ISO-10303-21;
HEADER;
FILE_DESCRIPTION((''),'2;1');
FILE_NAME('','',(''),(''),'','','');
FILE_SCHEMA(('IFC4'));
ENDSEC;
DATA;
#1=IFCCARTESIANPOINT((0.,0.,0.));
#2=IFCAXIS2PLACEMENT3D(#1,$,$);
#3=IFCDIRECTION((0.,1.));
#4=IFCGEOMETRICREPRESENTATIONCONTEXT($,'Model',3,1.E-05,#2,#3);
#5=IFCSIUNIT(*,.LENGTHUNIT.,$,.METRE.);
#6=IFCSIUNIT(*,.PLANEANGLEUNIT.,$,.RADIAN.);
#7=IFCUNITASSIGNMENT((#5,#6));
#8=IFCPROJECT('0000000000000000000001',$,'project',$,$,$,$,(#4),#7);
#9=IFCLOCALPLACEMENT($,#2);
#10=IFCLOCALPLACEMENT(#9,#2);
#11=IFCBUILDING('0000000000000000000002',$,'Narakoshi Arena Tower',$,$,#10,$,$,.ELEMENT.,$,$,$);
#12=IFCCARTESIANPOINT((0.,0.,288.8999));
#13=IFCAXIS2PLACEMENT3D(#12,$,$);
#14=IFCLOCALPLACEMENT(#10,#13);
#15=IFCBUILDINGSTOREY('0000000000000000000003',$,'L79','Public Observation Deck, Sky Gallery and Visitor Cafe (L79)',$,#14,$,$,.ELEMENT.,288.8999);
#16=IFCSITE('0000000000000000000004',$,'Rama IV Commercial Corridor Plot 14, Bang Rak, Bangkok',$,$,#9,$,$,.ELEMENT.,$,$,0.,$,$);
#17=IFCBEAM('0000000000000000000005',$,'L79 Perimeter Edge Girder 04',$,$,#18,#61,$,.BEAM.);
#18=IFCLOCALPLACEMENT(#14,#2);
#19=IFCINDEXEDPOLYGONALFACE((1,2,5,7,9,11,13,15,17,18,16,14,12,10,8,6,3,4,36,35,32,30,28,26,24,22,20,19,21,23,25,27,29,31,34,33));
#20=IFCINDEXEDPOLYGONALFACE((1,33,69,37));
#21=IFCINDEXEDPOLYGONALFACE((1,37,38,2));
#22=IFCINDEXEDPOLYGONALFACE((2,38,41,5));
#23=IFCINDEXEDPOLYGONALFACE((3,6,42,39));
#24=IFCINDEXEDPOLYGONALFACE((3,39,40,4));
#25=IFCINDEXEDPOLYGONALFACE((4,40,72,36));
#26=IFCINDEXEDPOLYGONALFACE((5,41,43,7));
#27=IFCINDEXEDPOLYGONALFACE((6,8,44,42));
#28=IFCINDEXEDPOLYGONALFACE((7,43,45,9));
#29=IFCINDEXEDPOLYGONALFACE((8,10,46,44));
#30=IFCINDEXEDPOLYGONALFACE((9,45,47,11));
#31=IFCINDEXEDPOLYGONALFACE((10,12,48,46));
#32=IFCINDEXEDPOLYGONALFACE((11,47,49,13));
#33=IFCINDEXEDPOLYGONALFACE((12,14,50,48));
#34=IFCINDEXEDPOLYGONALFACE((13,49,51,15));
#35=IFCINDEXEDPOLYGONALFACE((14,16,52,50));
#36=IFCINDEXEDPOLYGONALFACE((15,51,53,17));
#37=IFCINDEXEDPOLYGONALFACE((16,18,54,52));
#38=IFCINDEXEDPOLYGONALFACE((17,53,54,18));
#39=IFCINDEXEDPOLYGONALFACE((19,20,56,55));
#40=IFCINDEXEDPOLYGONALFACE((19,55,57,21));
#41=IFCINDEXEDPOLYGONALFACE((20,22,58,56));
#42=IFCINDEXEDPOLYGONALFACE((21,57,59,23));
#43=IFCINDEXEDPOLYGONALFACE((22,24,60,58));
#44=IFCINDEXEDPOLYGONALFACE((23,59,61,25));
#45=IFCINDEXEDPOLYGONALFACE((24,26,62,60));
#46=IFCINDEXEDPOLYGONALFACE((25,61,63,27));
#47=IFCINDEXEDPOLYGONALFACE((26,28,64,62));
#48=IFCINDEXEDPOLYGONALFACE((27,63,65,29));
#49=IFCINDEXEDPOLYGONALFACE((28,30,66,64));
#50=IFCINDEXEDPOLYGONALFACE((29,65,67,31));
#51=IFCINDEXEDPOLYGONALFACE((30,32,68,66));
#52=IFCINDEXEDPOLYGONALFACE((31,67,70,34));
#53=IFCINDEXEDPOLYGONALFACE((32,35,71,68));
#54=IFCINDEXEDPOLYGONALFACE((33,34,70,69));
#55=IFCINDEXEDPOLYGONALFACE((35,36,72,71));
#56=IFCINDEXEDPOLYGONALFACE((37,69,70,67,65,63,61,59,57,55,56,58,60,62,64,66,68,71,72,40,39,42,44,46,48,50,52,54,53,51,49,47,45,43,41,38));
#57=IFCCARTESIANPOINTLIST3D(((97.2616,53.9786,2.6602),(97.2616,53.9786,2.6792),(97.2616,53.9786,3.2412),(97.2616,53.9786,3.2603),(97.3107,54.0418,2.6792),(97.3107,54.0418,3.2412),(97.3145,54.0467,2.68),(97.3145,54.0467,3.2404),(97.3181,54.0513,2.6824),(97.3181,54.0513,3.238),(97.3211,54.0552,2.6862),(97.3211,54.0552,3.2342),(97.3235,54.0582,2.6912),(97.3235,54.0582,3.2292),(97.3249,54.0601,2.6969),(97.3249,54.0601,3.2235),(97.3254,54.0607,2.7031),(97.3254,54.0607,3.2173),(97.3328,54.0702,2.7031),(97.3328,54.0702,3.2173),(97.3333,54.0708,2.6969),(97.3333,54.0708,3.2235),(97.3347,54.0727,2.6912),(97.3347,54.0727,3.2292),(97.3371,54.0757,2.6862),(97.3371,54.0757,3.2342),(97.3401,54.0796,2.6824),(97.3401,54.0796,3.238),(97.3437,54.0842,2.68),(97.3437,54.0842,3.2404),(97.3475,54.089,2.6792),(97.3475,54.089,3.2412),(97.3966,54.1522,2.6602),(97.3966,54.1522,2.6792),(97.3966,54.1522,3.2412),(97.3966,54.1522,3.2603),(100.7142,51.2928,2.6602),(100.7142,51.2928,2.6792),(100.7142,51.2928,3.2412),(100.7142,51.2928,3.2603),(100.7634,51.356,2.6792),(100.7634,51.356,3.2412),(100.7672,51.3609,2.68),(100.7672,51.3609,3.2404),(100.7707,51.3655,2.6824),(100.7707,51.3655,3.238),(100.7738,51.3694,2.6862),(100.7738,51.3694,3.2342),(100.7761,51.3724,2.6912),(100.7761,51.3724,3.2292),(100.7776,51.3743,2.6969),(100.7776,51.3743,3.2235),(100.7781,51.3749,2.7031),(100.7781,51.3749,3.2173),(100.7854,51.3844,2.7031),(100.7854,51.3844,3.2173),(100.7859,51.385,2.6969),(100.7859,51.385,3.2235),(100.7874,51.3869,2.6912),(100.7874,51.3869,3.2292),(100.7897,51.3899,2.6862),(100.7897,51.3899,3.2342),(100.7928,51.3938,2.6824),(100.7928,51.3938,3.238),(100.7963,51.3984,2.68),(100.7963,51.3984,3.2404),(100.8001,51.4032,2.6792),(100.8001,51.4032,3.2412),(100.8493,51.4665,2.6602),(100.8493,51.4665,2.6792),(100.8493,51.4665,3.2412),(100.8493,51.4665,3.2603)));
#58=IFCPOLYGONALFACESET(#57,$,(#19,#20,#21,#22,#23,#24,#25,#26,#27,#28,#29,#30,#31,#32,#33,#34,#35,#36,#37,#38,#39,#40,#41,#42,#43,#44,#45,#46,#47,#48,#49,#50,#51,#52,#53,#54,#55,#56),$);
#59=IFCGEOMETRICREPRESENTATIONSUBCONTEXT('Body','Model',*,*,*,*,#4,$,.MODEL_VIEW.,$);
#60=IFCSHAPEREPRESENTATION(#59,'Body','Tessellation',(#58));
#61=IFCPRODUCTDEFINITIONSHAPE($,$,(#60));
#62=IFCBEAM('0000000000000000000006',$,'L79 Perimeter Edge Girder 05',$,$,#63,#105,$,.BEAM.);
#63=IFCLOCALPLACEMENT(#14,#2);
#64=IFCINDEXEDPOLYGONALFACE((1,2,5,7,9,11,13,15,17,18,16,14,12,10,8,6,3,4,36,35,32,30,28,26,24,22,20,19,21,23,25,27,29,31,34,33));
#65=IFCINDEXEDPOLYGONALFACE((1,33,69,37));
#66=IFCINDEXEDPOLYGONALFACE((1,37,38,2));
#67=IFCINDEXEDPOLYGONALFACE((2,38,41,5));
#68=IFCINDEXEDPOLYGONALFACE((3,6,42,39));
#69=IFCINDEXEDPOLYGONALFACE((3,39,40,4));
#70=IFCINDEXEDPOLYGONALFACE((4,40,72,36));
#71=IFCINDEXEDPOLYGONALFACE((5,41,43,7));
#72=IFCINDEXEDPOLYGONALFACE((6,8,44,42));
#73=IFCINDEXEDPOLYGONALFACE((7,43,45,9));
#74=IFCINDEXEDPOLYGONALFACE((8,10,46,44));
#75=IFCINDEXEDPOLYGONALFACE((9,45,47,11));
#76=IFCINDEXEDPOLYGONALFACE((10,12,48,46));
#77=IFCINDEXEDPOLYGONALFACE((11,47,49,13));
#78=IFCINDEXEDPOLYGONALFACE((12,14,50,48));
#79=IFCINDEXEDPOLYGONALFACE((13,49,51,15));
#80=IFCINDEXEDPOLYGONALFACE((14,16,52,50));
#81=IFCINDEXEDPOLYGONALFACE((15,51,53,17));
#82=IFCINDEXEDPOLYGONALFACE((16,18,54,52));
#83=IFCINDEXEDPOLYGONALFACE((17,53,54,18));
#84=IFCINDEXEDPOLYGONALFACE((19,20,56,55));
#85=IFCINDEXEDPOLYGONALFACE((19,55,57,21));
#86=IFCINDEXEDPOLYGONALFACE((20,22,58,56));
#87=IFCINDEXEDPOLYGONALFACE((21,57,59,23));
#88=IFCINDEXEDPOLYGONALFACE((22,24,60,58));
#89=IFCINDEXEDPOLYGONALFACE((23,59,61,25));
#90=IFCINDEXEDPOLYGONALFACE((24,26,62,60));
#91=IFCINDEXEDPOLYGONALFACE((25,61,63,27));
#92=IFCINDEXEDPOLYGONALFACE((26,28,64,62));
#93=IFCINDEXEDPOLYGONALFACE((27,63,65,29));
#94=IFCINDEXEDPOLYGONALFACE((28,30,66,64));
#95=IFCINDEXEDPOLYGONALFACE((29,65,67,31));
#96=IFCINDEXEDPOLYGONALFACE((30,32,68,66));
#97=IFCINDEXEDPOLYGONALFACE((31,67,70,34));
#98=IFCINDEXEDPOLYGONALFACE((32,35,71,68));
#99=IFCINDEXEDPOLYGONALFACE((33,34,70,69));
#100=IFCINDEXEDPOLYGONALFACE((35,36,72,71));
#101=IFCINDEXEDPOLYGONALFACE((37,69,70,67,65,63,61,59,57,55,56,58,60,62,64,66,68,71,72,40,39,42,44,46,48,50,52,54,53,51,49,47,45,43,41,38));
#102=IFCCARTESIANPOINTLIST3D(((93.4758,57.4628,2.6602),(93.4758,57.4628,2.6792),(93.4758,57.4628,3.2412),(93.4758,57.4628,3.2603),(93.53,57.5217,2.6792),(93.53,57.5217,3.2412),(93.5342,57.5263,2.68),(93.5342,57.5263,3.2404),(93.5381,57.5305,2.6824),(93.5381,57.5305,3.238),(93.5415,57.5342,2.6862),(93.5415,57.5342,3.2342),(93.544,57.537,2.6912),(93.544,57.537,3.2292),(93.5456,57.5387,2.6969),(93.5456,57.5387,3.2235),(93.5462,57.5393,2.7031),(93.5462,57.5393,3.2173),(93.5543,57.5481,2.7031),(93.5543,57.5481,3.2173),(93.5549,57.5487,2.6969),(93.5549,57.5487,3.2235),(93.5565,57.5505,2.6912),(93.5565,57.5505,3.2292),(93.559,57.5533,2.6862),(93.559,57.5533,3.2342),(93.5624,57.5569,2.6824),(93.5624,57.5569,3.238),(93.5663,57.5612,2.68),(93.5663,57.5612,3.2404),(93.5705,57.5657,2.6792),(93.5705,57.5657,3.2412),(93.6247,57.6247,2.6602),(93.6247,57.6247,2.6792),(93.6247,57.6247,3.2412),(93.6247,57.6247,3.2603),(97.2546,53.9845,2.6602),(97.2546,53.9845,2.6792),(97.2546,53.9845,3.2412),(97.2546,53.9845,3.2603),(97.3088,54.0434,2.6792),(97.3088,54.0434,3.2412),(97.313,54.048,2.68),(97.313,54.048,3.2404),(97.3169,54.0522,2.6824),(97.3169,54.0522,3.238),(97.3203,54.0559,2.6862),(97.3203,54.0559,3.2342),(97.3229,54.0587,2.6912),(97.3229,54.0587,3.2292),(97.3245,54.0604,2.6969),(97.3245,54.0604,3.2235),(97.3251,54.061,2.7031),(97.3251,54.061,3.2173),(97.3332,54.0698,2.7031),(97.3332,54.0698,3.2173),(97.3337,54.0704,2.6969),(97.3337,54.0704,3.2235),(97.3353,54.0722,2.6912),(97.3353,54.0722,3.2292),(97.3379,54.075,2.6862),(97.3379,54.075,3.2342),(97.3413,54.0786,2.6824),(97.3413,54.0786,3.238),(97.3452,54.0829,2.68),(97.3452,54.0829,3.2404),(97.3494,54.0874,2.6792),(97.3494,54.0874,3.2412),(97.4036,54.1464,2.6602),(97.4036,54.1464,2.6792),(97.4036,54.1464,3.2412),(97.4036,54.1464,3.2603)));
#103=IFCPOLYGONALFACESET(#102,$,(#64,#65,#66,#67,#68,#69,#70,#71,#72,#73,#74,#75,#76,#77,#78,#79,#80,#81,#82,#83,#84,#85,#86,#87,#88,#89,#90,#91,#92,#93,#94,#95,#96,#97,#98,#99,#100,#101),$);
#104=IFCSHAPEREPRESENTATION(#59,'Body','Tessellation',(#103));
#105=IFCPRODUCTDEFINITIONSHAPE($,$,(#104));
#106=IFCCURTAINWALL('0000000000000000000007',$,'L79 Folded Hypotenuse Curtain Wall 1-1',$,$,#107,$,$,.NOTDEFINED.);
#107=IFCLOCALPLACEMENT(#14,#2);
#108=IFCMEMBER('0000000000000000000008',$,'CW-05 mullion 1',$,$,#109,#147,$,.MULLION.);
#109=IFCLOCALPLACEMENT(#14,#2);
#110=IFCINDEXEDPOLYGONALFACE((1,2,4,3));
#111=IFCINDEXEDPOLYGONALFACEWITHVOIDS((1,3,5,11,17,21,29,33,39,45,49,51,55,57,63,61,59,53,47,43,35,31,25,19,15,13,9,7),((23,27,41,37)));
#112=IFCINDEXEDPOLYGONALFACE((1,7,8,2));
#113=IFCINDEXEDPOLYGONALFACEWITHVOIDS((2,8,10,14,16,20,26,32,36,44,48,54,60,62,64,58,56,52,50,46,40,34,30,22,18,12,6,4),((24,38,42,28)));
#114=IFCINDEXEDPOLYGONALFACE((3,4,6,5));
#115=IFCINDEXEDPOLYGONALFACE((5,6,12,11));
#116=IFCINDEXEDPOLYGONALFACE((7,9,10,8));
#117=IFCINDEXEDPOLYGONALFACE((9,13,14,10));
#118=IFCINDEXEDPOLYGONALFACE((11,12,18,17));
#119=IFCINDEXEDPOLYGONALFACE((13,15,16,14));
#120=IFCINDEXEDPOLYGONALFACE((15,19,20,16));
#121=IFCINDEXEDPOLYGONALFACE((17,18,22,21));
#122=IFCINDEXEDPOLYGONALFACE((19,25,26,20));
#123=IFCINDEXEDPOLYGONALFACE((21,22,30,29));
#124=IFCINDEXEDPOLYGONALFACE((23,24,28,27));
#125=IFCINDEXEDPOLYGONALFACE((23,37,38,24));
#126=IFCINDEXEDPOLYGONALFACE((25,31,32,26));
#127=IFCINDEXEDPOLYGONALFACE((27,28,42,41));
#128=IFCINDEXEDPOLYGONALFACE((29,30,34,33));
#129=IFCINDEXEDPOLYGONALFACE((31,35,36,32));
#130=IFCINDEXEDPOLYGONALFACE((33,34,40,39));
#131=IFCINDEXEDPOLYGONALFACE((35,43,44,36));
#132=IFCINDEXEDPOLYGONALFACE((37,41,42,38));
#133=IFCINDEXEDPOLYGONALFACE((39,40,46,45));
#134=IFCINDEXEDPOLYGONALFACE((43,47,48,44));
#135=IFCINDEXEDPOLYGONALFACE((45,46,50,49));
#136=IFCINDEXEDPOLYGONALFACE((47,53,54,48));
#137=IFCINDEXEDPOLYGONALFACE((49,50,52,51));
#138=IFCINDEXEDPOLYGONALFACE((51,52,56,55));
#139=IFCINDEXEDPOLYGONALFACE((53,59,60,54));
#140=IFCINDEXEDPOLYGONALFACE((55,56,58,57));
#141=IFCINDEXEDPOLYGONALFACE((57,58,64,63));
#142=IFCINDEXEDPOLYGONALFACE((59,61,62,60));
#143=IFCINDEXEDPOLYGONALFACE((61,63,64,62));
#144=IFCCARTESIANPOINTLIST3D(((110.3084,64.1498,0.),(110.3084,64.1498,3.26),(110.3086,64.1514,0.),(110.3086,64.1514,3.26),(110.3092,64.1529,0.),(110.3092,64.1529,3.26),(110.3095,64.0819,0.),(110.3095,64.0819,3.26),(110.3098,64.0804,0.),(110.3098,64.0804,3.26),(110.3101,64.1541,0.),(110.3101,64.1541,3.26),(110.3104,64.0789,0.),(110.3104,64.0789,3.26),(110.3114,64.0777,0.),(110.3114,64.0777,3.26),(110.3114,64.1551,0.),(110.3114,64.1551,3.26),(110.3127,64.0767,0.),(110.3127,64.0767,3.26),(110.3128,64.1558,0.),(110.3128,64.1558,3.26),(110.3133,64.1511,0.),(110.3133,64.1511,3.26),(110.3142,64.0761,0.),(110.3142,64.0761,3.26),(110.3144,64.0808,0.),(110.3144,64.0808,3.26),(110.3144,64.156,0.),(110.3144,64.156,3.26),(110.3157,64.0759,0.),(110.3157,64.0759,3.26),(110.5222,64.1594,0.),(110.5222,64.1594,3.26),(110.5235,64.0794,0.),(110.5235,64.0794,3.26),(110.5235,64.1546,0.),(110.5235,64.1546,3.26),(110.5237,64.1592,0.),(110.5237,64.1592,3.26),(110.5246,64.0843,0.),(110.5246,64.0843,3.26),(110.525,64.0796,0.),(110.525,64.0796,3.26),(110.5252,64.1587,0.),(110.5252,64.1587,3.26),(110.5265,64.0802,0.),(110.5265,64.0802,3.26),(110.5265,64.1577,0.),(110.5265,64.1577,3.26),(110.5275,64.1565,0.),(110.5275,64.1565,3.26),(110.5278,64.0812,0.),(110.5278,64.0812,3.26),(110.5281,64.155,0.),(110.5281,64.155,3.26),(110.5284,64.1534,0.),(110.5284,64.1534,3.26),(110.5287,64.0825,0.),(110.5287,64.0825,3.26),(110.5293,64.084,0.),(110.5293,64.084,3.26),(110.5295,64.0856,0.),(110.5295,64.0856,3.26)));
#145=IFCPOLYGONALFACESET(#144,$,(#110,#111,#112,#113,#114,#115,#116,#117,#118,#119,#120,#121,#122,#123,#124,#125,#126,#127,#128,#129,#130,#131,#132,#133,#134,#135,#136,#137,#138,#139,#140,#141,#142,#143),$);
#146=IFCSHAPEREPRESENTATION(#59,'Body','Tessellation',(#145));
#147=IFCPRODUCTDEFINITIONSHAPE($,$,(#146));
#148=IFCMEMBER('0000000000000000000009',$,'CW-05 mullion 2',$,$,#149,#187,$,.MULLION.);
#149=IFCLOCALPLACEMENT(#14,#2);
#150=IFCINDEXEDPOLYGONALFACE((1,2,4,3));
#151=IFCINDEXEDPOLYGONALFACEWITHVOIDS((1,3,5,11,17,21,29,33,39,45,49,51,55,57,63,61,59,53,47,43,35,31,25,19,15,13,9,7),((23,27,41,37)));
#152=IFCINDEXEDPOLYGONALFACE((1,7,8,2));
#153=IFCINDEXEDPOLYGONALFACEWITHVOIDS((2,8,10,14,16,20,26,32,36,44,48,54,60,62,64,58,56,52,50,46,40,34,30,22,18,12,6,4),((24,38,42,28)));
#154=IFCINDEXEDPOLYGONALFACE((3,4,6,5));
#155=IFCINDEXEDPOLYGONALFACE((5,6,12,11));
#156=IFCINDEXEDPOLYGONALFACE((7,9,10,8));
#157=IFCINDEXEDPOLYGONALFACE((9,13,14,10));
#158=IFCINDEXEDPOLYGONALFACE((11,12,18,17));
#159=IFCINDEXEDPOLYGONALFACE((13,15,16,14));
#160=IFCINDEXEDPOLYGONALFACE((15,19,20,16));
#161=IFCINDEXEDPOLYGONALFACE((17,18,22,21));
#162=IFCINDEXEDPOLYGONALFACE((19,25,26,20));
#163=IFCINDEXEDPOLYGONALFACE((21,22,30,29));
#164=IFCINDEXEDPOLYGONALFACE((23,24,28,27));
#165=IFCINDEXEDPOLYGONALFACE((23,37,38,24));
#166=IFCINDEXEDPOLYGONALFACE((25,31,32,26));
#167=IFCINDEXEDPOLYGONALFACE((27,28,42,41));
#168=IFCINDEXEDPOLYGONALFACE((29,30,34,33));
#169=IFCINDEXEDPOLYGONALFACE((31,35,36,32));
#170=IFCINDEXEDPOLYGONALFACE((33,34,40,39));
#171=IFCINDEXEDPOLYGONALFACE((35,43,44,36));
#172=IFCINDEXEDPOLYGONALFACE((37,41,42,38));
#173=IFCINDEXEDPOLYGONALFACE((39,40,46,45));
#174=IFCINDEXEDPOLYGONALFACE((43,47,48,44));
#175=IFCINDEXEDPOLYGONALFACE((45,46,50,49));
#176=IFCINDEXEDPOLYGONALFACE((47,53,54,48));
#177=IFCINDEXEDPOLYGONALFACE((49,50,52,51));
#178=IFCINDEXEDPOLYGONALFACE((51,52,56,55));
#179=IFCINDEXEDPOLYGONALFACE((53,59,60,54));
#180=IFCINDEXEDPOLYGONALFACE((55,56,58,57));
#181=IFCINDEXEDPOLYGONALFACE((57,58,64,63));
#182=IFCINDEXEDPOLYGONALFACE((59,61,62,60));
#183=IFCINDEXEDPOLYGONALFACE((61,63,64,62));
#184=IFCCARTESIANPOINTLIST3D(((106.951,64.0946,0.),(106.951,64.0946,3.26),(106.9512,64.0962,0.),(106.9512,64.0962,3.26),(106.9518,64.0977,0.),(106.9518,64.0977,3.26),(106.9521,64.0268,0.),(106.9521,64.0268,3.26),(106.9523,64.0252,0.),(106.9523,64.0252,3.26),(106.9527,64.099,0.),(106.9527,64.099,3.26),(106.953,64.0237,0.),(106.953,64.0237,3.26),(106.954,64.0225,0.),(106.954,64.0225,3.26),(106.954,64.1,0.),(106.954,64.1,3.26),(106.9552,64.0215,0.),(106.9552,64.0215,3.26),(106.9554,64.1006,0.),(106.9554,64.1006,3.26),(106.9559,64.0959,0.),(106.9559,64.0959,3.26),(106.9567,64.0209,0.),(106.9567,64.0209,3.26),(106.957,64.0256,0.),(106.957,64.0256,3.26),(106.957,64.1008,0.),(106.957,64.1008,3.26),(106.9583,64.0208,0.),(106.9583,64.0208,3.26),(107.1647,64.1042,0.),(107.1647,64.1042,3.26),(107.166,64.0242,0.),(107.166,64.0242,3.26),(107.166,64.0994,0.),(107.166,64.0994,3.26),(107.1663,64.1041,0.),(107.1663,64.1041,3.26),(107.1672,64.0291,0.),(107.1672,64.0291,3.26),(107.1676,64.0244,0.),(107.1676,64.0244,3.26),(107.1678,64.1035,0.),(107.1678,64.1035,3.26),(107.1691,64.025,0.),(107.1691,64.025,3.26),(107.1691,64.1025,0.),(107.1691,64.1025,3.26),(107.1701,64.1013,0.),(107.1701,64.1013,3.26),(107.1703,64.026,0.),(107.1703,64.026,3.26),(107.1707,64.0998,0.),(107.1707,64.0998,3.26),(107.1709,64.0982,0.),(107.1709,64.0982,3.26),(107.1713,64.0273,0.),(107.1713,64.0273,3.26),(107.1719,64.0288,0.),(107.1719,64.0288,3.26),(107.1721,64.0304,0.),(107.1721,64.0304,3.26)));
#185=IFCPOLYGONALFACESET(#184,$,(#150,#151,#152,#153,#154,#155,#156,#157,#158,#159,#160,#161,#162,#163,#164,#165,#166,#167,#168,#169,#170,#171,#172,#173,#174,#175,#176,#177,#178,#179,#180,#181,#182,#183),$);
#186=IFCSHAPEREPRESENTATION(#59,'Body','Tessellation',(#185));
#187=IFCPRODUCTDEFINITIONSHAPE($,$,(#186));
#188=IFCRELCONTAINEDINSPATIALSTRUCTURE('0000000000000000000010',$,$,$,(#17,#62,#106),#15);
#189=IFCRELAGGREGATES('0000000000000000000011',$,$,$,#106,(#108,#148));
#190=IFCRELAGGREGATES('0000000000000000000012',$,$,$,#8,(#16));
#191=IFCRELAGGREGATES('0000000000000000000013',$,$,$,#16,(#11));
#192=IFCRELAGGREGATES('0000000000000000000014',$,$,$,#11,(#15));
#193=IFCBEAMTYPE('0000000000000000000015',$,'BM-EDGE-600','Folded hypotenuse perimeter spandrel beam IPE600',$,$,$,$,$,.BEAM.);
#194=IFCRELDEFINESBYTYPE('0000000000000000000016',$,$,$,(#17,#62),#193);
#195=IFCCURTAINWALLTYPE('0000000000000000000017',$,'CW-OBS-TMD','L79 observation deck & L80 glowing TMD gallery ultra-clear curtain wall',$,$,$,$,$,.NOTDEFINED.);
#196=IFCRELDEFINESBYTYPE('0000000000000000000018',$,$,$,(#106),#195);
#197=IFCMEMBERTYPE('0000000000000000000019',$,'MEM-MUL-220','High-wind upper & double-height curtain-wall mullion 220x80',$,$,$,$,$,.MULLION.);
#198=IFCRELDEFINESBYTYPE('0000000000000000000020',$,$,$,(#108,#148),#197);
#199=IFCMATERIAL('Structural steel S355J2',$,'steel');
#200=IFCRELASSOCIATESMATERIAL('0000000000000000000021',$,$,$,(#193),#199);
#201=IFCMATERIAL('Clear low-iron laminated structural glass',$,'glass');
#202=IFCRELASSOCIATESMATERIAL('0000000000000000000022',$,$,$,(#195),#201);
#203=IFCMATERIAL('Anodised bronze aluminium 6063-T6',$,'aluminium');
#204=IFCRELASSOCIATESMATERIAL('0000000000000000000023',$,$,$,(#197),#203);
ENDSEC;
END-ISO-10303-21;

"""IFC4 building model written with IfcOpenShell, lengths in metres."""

from ifc_helpers import new_model, si_unit, direction, frame, origin, origin_2d, place, context, subcontext, project, spatial, hollow_rectangle, i_section, extrude, material, material_profile, profile_set, type_object, element, aggregate, save


model = new_model("IFC4")

# Units and contexts
model_context = context("Model", 3, precision=1e-05, world=origin(), true_north=direction((0.0, 1.0)))
body_context = subcontext(model_context, "Body", "Model", "MODEL_VIEW")
ifc_project = project(units=[si_unit("LENGTHUNIT", "METRE"), si_unit("PLANEANGLEUNIT", "RADIAN")], contexts=[model_context])

# Site, building, storey
site_placement = place(None, origin())
site = spatial("IfcSite", under=ifc_project, at=site_placement, Name="Rama IV Commercial Corridor Plot 14, Bang Rak, Bangkok", CompositionType="ELEMENT", RefElevation=0.0)
building_placement = place(site_placement, origin())
building = spatial("IfcBuilding", under=site, at=building_placement, Name="Narakoshi Arena Tower", CompositionType="ELEMENT")
storey_placement = place(building_placement, frame((0.0, 0.0, 288.8999)))
storey = spatial("IfcBuildingStorey", under=building, at=storey_placement, Name="L79", Description="Public Observation Deck, Sky Gallery and Visitor Cafe (L79)", CompositionType="ELEMENT", Elevation=288.8999)

# Shared definitions
ifc_material_1 = material(Name="Structural steel S355J2", Category="steel")

# Beams
ifc_material_profile_1 = material_profile(ifc_material_1, i_section(OverallWidth=0.22, OverallDepth=0.6001, WebThickness=0.012, FlangeThickness=0.019, FilletRadius=0.0239, at=origin_2d()), Name="IPE600")
ifc_profile_set_1 = profile_set([ifc_material_profile_1], Name="Structural steel S355J2")
beam_type_1 = type_object("IfcBeamType", Name="BM-EDGE-600", Description="Folded hypotenuse perimeter spandrel beam IPE600", PredefinedType="BEAM", material=ifc_profile_set_1)
beam_1_placement = place(storey_placement, frame((100.7817, 51.3796, 2.9602), z_axis=(-0.789307, 0.613999, 0.0), x_axis=(-0.613999, -0.789307, 0.0)))
element("IfcBeam", 1, at=beam_1_placement, inside=storey, type_object=beam_type_1, Name="L79 Perimeter Edge Girder 04", PredefinedType="BEAM", context=body_context, shape_type="SweptSolid", body=[
    extrude(i_section(OverallWidth=0.22, OverallDepth=0.6001, WebThickness=0.012, FlangeThickness=0.019, FilletRadius=0.0239, at=origin_2d()), origin(), (0.0, 0.0, 1.0), 4.3743),
])
beam_2_placement = place(storey_placement, frame((97.3291, 54.0654, 2.9602), z_axis=(-0.73576, 0.677243, 0.0), x_axis=(-0.677243, -0.73576, 0.0)))
element("IfcBeam", 2, at=beam_2_placement, inside=storey, type_object=beam_type_1, Name="L79 Perimeter Edge Girder 05", PredefinedType="BEAM", context=body_context, shape_type="SweptSolid", body=[
    extrude(i_section(OverallWidth=0.22, OverallDepth=0.6001, WebThickness=0.012, FlangeThickness=0.019, FilletRadius=0.0239, at=origin_2d()), origin(), (0.0, 0.0, 1.0), 5.136),
])

# Curtain wall, members
ifc_material_2 = material(Name="Clear low-iron laminated structural glass", Category="glass")
curtain_wall_type = type_object("IfcCurtainWallType", Name="CW-OBS-TMD", Description="L79 observation deck & L80 glowing TMD gallery ultra-clear curtain wall", PredefinedType="NOTDEFINED", material=ifc_material_2)
curtain_wall_1_placement = place(storey_placement, origin())
curtain_wall_1 = element("IfcCurtainWall", 3, at=curtain_wall_1_placement, inside=storey, type_object=curtain_wall_type, Name="L79 Folded Hypotenuse Curtain Wall 1-1", PredefinedType="NOTDEFINED")
ifc_material_3 = material(Name="Anodised bronze aluminium 6063-T6", Category="aluminium")
ifc_material_profile_2 = material_profile(ifc_material_3, hollow_rectangle(XDim=0.0801, YDim=0.22, WallThickness=0.0049, OuterFilletRadius=0.0061, at=origin_2d()), Name="MUL220x80x5")
ifc_profile_set_2 = profile_set([ifc_material_profile_2], Name="Anodised bronze aluminium 6063-T6")
member_type_1 = type_object("IfcMemberType", Name="MEM-MUL-220", Description="High-wind upper & double-height curtain-wall mullion 220x80", PredefinedType="MULLION", material=ifc_profile_set_2)
member_1_placement = place(storey_placement, frame((110.4189, 64.1177, 0.0), z_axis=(0.0, 0.0, 1.0), x_axis=(0.016445, -0.999865, 0.0)))
member_1 = element("IfcMember", 4, at=member_1_placement, type_object=member_type_1, Name="CW-05 mullion 1", PredefinedType="MULLION", context=body_context, shape_type="SweptSolid", body=[
    extrude(hollow_rectangle(XDim=0.0801, YDim=0.22, WallThickness=0.0049, OuterFilletRadius=0.0061, at=origin_2d()), origin(), (0.0, 0.0, 1.0), 3.26),
])
member_2_placement = place(storey_placement, frame((107.0615, 64.0625, 0.0), z_axis=(0.0, 0.0, 1.0), x_axis=(0.016445, -0.999865, 0.0)))
member_2 = element("IfcMember", 5, at=member_2_placement, type_object=member_type_1, Name="CW-05 mullion 2", PredefinedType="MULLION", context=body_context, shape_type="SweptSolid", body=[
    extrude(hollow_rectangle(XDim=0.0801, YDim=0.22, WallThickness=0.0049, OuterFilletRadius=0.0061, at=origin_2d()), origin(), (0.0, 0.0, 1.0), 3.26),
])

aggregate(curtain_wall_1, [member_1, member_2])

save(model, "model.ifc")
